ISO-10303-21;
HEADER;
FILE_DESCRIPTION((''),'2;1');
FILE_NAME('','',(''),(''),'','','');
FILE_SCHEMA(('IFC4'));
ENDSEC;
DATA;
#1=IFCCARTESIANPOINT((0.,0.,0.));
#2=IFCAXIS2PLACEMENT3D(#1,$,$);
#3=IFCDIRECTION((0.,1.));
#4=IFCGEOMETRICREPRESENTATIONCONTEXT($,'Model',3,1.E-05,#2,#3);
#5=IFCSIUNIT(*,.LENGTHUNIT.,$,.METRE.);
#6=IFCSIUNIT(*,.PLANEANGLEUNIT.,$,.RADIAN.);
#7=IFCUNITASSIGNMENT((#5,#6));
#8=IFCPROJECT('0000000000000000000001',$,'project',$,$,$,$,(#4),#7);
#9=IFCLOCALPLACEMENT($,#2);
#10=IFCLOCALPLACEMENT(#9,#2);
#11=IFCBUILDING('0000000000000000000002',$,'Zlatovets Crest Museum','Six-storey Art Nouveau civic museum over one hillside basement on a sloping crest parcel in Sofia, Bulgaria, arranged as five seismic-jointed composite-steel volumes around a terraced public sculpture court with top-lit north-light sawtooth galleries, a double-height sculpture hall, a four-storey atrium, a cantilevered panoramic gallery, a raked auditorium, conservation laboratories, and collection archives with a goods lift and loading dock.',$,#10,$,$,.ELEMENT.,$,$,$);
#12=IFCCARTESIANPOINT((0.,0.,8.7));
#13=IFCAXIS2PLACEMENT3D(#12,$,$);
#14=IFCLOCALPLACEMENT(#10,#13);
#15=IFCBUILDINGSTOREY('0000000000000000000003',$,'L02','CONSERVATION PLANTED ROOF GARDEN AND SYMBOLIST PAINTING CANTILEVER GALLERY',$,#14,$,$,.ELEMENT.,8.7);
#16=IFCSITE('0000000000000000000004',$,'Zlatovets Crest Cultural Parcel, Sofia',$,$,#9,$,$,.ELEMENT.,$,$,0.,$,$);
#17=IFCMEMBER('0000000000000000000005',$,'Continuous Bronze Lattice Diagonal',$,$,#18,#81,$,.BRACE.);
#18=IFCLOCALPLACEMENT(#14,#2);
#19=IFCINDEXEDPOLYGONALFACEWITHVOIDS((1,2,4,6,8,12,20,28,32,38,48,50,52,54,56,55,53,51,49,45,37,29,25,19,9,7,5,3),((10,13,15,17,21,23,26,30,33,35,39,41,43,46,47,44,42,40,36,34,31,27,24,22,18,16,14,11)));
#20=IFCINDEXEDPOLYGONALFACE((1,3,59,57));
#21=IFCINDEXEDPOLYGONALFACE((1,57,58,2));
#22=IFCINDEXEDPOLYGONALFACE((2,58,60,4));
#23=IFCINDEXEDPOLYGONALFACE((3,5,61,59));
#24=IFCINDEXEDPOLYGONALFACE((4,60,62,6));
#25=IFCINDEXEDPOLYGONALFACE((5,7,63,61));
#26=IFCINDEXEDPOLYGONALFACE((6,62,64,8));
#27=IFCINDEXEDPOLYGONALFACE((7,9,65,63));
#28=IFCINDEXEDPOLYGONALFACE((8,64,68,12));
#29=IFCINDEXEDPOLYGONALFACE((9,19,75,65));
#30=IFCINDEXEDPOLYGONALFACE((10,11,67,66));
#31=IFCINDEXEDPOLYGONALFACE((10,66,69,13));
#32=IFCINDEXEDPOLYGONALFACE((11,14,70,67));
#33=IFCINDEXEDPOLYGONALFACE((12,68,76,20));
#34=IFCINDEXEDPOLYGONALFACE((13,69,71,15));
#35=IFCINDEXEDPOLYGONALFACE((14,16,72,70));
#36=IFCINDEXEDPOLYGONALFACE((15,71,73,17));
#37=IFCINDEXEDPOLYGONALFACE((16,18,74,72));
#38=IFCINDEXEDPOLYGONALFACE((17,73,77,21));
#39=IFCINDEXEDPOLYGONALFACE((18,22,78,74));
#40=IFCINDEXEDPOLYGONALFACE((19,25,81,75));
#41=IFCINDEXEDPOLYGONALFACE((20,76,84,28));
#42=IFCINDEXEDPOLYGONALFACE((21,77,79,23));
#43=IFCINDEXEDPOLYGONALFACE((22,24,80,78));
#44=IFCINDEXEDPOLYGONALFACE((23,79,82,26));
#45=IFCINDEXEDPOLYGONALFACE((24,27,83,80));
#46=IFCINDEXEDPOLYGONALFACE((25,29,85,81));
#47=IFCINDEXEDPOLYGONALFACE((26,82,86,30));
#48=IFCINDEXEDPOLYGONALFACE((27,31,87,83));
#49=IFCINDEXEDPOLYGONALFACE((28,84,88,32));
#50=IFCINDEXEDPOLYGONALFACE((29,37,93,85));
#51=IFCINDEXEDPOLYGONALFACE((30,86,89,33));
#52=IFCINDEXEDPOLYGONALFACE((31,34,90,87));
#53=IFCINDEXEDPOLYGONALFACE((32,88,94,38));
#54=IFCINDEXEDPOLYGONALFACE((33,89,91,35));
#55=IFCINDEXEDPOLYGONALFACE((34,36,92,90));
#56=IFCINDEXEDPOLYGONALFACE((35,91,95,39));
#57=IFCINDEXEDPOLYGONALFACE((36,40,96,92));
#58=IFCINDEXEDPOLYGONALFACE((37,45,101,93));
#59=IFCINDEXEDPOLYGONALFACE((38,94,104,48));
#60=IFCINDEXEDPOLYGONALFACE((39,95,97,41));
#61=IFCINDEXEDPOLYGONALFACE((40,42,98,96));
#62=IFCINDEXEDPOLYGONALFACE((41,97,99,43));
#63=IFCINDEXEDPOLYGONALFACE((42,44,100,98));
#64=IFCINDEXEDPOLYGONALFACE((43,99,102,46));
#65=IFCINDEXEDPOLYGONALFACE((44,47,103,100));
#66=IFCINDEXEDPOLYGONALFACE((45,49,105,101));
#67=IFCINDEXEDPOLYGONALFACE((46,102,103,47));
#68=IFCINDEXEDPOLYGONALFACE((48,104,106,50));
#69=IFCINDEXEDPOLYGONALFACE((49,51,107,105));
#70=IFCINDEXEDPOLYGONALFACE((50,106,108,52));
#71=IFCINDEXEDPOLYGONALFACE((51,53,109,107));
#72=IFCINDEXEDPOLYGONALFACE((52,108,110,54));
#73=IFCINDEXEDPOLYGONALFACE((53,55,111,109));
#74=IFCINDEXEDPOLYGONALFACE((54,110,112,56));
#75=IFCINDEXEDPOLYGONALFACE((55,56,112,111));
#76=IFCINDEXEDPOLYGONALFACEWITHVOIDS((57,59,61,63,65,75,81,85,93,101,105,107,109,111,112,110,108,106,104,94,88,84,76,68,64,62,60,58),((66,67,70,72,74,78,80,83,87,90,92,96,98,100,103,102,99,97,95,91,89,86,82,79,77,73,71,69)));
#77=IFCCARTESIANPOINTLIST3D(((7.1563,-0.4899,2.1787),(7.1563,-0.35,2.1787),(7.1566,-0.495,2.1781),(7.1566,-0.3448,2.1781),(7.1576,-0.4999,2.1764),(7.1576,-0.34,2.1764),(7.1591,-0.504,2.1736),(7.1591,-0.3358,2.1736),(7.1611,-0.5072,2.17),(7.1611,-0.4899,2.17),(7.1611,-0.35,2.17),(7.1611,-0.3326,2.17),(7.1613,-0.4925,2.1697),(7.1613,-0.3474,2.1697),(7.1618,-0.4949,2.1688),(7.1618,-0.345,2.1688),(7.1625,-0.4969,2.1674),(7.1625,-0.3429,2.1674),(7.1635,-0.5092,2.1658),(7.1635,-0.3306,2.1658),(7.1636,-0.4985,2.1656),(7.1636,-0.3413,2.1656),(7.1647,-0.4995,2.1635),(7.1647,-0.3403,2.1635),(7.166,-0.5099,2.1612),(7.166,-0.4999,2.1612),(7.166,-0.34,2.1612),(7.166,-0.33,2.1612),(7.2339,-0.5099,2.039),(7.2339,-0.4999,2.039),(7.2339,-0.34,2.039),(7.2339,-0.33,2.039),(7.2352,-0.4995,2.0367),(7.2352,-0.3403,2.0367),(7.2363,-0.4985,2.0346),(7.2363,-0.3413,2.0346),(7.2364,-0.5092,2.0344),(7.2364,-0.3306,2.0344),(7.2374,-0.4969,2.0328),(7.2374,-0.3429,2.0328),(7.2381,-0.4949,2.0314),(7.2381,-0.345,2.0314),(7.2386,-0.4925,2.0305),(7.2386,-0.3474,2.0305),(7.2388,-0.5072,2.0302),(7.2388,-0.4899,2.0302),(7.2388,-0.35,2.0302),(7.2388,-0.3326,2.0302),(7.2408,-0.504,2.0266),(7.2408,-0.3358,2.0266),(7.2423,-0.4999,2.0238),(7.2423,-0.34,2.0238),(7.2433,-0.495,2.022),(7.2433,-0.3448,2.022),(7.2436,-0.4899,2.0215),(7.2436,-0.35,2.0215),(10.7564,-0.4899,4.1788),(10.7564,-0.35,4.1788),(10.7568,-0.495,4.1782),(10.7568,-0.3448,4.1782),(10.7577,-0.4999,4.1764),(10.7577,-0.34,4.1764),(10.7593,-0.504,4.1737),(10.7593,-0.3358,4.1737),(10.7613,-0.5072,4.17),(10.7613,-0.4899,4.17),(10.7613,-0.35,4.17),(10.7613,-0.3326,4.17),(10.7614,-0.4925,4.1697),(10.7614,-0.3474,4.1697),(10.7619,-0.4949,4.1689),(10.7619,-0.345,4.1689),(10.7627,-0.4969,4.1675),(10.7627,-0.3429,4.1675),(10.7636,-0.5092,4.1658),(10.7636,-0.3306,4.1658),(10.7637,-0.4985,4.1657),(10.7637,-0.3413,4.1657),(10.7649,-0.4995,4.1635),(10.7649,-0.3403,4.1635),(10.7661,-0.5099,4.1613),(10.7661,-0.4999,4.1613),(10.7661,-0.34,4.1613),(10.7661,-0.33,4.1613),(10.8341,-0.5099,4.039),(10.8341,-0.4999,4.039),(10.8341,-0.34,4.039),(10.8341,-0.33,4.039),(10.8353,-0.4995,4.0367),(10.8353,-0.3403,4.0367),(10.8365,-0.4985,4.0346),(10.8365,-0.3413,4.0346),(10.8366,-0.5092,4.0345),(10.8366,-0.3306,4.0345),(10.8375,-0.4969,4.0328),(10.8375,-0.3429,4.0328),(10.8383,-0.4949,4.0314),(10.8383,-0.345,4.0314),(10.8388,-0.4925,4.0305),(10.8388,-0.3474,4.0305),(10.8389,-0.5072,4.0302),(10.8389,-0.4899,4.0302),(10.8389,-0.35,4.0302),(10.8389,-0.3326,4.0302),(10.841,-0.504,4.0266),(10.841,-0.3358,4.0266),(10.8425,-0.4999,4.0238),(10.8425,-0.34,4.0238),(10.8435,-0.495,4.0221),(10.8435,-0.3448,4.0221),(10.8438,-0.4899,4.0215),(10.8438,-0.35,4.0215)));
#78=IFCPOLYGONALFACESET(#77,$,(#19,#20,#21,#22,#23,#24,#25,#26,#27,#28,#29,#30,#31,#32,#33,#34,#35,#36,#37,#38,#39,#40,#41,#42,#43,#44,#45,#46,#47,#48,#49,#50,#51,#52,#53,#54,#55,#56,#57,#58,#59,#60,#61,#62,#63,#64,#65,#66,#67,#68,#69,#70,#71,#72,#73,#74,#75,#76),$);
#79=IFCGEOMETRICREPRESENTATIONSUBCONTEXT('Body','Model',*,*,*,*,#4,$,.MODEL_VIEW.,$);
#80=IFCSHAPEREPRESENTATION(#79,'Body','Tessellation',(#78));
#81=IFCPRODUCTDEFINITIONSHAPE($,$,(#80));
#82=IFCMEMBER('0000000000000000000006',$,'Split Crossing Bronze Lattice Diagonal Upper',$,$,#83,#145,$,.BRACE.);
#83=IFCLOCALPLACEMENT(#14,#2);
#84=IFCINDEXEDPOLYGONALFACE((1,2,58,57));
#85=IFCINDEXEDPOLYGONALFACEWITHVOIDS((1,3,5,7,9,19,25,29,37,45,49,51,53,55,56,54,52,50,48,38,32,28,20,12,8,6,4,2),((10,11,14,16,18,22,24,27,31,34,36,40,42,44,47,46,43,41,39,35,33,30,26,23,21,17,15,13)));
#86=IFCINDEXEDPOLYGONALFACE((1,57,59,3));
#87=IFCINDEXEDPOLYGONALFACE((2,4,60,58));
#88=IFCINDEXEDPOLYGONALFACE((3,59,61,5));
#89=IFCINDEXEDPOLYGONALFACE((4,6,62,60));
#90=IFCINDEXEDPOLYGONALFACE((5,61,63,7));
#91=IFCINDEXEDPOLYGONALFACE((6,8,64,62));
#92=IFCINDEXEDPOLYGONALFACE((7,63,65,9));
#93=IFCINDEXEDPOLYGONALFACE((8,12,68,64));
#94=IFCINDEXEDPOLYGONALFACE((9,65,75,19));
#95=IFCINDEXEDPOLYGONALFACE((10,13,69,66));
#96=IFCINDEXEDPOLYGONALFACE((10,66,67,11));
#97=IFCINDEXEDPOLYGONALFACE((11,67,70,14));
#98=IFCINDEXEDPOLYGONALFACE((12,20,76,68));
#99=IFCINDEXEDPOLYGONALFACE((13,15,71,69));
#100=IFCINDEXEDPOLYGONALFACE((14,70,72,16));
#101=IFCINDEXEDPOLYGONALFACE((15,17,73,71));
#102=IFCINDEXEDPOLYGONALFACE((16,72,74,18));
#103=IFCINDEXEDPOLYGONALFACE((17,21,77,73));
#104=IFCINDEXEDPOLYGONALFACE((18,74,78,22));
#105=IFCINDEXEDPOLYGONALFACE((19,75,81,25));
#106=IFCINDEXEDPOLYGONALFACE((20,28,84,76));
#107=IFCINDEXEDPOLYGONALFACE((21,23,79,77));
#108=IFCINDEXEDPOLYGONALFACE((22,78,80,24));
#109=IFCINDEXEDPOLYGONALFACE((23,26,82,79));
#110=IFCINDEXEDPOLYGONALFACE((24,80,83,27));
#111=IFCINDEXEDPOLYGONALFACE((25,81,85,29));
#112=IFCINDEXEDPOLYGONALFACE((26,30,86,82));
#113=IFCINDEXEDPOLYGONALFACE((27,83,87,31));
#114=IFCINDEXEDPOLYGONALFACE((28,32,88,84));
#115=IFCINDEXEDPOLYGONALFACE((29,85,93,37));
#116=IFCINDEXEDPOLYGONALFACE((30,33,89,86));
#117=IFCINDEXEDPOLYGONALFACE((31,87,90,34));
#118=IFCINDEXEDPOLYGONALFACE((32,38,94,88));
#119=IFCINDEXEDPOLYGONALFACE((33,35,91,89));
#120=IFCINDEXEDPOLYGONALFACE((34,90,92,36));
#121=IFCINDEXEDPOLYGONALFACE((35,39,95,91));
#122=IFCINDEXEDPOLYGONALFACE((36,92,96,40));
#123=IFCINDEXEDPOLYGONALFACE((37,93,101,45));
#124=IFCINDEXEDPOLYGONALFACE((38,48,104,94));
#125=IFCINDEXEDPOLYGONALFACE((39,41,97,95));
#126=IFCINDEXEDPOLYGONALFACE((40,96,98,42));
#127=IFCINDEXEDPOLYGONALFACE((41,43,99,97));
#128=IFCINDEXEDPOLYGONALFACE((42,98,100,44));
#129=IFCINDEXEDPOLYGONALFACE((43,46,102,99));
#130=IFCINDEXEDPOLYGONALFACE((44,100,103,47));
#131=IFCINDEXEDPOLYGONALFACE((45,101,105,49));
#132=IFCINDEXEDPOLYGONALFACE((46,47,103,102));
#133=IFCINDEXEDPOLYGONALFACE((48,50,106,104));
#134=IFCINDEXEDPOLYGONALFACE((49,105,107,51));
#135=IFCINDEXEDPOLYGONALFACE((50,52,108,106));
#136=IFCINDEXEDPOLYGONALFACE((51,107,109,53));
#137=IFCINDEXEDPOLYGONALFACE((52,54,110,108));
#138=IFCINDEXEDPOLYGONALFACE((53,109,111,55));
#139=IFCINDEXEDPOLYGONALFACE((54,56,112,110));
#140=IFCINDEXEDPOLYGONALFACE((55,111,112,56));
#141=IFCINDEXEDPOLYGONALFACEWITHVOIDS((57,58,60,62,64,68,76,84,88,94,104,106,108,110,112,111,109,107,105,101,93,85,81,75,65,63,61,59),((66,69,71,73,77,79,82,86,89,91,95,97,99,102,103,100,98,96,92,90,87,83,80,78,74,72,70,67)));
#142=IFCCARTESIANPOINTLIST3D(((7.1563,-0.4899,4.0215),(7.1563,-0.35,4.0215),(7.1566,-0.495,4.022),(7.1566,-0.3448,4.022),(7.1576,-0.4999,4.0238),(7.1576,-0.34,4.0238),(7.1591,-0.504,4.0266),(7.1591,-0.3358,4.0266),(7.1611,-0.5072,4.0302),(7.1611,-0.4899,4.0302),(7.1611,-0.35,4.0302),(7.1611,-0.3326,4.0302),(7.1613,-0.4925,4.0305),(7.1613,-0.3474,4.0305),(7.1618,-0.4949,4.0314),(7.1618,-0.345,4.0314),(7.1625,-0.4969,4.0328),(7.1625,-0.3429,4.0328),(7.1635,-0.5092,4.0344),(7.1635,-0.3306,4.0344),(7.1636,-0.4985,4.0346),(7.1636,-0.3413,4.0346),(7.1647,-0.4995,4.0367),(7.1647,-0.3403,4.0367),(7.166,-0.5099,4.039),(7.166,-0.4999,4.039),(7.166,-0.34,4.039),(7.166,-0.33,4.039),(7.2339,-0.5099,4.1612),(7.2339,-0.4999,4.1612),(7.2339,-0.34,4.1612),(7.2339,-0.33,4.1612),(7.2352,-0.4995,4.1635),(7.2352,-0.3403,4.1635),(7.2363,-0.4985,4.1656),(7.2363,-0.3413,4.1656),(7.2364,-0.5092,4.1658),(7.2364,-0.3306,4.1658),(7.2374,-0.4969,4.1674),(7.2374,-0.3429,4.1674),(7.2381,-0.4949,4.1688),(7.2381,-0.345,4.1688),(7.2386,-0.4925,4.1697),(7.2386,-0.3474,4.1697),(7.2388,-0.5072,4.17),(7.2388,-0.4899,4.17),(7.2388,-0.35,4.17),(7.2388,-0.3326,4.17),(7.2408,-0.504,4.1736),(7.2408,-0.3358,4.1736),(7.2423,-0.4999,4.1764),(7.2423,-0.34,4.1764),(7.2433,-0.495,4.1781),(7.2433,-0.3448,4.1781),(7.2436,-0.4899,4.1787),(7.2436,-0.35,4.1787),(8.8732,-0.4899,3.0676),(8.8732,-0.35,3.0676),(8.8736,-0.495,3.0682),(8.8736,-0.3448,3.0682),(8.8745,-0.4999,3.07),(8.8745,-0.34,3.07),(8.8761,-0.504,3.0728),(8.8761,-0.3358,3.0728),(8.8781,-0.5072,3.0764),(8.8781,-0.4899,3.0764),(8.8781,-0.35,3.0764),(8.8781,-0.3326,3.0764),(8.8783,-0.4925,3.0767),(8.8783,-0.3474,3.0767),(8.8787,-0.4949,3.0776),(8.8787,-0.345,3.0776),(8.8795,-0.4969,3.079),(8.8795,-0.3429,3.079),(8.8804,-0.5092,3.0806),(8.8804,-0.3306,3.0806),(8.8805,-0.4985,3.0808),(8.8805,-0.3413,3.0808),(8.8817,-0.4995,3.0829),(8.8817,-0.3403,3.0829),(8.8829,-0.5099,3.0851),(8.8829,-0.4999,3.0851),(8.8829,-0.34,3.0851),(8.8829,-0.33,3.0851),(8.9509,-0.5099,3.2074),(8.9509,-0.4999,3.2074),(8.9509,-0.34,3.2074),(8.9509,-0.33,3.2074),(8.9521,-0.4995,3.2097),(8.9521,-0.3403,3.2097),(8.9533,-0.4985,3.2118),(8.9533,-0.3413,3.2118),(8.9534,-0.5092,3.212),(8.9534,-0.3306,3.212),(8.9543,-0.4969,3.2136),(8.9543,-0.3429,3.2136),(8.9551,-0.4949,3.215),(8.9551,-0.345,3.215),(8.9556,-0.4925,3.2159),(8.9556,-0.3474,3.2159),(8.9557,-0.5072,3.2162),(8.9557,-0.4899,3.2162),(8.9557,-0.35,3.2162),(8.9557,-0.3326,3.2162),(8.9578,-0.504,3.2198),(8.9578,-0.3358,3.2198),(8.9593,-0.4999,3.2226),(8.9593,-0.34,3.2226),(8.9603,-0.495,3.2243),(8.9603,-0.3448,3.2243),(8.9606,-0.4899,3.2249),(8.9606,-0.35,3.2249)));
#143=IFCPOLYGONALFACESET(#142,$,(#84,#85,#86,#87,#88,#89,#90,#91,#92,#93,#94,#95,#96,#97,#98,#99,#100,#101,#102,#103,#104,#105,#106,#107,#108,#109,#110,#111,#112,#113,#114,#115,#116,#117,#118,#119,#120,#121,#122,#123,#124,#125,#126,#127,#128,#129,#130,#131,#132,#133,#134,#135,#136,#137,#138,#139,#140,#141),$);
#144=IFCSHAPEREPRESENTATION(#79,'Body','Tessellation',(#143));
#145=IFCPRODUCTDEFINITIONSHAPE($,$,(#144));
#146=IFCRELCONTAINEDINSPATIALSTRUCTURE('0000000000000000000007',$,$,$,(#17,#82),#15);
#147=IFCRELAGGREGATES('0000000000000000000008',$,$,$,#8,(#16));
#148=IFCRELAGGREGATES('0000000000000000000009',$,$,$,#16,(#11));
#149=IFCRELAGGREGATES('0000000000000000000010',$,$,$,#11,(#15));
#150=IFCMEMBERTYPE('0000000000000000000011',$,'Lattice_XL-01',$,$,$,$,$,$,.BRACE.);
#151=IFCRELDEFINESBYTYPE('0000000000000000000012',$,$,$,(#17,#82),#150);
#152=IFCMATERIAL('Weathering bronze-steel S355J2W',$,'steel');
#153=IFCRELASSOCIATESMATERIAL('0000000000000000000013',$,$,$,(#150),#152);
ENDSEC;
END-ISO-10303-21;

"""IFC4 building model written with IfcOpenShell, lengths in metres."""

from ifc_helpers import new_model, si_unit, direction, frame, origin, origin_2d, place, context, subcontext, project, spatial, hollow_rectangle, extrude, material, material_profile, profile_set, type_object, element, save


model = new_model("IFC4")

# Units and contexts
model_context = context("Model", 3, precision=1e-05, world=origin(), true_north=direction((0.0, 1.0)))
body_context = subcontext(model_context, "Body", "Model", "MODEL_VIEW")
ifc_project = project(units=[si_unit("LENGTHUNIT", "METRE"), si_unit("PLANEANGLEUNIT", "RADIAN")], contexts=[model_context])

# Site, building, storey
site_placement = place(None, origin())
site = spatial("IfcSite", under=ifc_project, at=site_placement, Name="Zlatovets Crest Cultural Parcel, Sofia", CompositionType="ELEMENT", RefElevation=0.0)
building_placement = place(site_placement, origin())
building = spatial("IfcBuilding", under=site, at=building_placement, Name="Zlatovets Crest Museum", Description="Six-storey Art Nouveau civic museum over one hillside basement on a sloping crest parcel in Sofia, Bulgaria, arranged as five seismic-jointed composite-steel volumes around a terraced public sculpture court with top-lit north-light sawtooth galleries, a double-height sculpture hall, a four-storey atrium, a cantilevered panoramic gallery, a raked auditorium, conservation laboratories, and collection archives with a goods lift and loading dock.", CompositionType="ELEMENT")
storey_placement = place(building_placement, frame((0.0, 0.0, 8.7)))
storey = spatial("IfcBuildingStorey", under=building, at=storey_placement, Name="L02", Description="CONSERVATION PLANTED ROOF GARDEN AND SYMBOLIST PAINTING CANTILEVER GALLERY", CompositionType="ELEMENT", Elevation=8.7)

# Members
ifc_material_1 = material(Name="Weathering bronze-steel S355J2W", Category="steel")
ifc_material_profile_1 = material_profile(ifc_material_1, hollow_rectangle(XDim=0.1799, YDim=0.1799, WallThickness=0.01, InnerFilletRadius=0.01, OuterFilletRadius=0.02, at=origin_2d()), Name="SHS 180x180x10.0")
ifc_profile_set_1 = profile_set([ifc_material_profile_1], Name="Weathering bronze-steel S355J2W")
member_type_1 = type_object("IfcMemberType", Name="Lattice_XL-01", PredefinedType="BRACE", material=ifc_profile_set_1)
member_1_placement = place(storey_placement, frame((7.2, -0.4199, 2.1001), z_axis=(0.874163, 0.0, 0.485633), x_axis=(0.0, 1.0, 0.0)))
element("IfcMember", 1, at=member_1_placement, inside=storey, type_object=member_type_1, Name="Continuous Bronze Lattice Diagonal", PredefinedType="BRACE", context=body_context, shape_type="SweptSolid", body=[
    extrude(hollow_rectangle(XDim=0.1799, YDim=0.1799, WallThickness=0.01, InnerFilletRadius=0.01, OuterFilletRadius=0.02, at=origin_2d()), origin(), (0.0, 0.0, 1.0), 4.1184),
])
for number, where, z_axis, x_axis, name in (
    (2, (7.2, -0.4199, 4.1001), (0.874169, 0.0, -0.485622), (0.0, 1.0, 0.0), "Split Crossing Bronze Lattice Diagonal Upper"),
):
    element("IfcMember", number, at=place(storey_placement, frame(where, z_axis=z_axis, x_axis=x_axis)), inside=storey, type_object=member_type_1, Name=name, PredefinedType="BRACE", context=body_context, shape_type="SweptSolid", body=[
        extrude(hollow_rectangle(XDim=0.1799, YDim=0.1799, WallThickness=0.01, InnerFilletRadius=0.01, OuterFilletRadius=0.02, at=origin_2d()), origin(), (0.0, 0.0, 1.0), 1.9641),
    ])

save(model, "model.ifc")
